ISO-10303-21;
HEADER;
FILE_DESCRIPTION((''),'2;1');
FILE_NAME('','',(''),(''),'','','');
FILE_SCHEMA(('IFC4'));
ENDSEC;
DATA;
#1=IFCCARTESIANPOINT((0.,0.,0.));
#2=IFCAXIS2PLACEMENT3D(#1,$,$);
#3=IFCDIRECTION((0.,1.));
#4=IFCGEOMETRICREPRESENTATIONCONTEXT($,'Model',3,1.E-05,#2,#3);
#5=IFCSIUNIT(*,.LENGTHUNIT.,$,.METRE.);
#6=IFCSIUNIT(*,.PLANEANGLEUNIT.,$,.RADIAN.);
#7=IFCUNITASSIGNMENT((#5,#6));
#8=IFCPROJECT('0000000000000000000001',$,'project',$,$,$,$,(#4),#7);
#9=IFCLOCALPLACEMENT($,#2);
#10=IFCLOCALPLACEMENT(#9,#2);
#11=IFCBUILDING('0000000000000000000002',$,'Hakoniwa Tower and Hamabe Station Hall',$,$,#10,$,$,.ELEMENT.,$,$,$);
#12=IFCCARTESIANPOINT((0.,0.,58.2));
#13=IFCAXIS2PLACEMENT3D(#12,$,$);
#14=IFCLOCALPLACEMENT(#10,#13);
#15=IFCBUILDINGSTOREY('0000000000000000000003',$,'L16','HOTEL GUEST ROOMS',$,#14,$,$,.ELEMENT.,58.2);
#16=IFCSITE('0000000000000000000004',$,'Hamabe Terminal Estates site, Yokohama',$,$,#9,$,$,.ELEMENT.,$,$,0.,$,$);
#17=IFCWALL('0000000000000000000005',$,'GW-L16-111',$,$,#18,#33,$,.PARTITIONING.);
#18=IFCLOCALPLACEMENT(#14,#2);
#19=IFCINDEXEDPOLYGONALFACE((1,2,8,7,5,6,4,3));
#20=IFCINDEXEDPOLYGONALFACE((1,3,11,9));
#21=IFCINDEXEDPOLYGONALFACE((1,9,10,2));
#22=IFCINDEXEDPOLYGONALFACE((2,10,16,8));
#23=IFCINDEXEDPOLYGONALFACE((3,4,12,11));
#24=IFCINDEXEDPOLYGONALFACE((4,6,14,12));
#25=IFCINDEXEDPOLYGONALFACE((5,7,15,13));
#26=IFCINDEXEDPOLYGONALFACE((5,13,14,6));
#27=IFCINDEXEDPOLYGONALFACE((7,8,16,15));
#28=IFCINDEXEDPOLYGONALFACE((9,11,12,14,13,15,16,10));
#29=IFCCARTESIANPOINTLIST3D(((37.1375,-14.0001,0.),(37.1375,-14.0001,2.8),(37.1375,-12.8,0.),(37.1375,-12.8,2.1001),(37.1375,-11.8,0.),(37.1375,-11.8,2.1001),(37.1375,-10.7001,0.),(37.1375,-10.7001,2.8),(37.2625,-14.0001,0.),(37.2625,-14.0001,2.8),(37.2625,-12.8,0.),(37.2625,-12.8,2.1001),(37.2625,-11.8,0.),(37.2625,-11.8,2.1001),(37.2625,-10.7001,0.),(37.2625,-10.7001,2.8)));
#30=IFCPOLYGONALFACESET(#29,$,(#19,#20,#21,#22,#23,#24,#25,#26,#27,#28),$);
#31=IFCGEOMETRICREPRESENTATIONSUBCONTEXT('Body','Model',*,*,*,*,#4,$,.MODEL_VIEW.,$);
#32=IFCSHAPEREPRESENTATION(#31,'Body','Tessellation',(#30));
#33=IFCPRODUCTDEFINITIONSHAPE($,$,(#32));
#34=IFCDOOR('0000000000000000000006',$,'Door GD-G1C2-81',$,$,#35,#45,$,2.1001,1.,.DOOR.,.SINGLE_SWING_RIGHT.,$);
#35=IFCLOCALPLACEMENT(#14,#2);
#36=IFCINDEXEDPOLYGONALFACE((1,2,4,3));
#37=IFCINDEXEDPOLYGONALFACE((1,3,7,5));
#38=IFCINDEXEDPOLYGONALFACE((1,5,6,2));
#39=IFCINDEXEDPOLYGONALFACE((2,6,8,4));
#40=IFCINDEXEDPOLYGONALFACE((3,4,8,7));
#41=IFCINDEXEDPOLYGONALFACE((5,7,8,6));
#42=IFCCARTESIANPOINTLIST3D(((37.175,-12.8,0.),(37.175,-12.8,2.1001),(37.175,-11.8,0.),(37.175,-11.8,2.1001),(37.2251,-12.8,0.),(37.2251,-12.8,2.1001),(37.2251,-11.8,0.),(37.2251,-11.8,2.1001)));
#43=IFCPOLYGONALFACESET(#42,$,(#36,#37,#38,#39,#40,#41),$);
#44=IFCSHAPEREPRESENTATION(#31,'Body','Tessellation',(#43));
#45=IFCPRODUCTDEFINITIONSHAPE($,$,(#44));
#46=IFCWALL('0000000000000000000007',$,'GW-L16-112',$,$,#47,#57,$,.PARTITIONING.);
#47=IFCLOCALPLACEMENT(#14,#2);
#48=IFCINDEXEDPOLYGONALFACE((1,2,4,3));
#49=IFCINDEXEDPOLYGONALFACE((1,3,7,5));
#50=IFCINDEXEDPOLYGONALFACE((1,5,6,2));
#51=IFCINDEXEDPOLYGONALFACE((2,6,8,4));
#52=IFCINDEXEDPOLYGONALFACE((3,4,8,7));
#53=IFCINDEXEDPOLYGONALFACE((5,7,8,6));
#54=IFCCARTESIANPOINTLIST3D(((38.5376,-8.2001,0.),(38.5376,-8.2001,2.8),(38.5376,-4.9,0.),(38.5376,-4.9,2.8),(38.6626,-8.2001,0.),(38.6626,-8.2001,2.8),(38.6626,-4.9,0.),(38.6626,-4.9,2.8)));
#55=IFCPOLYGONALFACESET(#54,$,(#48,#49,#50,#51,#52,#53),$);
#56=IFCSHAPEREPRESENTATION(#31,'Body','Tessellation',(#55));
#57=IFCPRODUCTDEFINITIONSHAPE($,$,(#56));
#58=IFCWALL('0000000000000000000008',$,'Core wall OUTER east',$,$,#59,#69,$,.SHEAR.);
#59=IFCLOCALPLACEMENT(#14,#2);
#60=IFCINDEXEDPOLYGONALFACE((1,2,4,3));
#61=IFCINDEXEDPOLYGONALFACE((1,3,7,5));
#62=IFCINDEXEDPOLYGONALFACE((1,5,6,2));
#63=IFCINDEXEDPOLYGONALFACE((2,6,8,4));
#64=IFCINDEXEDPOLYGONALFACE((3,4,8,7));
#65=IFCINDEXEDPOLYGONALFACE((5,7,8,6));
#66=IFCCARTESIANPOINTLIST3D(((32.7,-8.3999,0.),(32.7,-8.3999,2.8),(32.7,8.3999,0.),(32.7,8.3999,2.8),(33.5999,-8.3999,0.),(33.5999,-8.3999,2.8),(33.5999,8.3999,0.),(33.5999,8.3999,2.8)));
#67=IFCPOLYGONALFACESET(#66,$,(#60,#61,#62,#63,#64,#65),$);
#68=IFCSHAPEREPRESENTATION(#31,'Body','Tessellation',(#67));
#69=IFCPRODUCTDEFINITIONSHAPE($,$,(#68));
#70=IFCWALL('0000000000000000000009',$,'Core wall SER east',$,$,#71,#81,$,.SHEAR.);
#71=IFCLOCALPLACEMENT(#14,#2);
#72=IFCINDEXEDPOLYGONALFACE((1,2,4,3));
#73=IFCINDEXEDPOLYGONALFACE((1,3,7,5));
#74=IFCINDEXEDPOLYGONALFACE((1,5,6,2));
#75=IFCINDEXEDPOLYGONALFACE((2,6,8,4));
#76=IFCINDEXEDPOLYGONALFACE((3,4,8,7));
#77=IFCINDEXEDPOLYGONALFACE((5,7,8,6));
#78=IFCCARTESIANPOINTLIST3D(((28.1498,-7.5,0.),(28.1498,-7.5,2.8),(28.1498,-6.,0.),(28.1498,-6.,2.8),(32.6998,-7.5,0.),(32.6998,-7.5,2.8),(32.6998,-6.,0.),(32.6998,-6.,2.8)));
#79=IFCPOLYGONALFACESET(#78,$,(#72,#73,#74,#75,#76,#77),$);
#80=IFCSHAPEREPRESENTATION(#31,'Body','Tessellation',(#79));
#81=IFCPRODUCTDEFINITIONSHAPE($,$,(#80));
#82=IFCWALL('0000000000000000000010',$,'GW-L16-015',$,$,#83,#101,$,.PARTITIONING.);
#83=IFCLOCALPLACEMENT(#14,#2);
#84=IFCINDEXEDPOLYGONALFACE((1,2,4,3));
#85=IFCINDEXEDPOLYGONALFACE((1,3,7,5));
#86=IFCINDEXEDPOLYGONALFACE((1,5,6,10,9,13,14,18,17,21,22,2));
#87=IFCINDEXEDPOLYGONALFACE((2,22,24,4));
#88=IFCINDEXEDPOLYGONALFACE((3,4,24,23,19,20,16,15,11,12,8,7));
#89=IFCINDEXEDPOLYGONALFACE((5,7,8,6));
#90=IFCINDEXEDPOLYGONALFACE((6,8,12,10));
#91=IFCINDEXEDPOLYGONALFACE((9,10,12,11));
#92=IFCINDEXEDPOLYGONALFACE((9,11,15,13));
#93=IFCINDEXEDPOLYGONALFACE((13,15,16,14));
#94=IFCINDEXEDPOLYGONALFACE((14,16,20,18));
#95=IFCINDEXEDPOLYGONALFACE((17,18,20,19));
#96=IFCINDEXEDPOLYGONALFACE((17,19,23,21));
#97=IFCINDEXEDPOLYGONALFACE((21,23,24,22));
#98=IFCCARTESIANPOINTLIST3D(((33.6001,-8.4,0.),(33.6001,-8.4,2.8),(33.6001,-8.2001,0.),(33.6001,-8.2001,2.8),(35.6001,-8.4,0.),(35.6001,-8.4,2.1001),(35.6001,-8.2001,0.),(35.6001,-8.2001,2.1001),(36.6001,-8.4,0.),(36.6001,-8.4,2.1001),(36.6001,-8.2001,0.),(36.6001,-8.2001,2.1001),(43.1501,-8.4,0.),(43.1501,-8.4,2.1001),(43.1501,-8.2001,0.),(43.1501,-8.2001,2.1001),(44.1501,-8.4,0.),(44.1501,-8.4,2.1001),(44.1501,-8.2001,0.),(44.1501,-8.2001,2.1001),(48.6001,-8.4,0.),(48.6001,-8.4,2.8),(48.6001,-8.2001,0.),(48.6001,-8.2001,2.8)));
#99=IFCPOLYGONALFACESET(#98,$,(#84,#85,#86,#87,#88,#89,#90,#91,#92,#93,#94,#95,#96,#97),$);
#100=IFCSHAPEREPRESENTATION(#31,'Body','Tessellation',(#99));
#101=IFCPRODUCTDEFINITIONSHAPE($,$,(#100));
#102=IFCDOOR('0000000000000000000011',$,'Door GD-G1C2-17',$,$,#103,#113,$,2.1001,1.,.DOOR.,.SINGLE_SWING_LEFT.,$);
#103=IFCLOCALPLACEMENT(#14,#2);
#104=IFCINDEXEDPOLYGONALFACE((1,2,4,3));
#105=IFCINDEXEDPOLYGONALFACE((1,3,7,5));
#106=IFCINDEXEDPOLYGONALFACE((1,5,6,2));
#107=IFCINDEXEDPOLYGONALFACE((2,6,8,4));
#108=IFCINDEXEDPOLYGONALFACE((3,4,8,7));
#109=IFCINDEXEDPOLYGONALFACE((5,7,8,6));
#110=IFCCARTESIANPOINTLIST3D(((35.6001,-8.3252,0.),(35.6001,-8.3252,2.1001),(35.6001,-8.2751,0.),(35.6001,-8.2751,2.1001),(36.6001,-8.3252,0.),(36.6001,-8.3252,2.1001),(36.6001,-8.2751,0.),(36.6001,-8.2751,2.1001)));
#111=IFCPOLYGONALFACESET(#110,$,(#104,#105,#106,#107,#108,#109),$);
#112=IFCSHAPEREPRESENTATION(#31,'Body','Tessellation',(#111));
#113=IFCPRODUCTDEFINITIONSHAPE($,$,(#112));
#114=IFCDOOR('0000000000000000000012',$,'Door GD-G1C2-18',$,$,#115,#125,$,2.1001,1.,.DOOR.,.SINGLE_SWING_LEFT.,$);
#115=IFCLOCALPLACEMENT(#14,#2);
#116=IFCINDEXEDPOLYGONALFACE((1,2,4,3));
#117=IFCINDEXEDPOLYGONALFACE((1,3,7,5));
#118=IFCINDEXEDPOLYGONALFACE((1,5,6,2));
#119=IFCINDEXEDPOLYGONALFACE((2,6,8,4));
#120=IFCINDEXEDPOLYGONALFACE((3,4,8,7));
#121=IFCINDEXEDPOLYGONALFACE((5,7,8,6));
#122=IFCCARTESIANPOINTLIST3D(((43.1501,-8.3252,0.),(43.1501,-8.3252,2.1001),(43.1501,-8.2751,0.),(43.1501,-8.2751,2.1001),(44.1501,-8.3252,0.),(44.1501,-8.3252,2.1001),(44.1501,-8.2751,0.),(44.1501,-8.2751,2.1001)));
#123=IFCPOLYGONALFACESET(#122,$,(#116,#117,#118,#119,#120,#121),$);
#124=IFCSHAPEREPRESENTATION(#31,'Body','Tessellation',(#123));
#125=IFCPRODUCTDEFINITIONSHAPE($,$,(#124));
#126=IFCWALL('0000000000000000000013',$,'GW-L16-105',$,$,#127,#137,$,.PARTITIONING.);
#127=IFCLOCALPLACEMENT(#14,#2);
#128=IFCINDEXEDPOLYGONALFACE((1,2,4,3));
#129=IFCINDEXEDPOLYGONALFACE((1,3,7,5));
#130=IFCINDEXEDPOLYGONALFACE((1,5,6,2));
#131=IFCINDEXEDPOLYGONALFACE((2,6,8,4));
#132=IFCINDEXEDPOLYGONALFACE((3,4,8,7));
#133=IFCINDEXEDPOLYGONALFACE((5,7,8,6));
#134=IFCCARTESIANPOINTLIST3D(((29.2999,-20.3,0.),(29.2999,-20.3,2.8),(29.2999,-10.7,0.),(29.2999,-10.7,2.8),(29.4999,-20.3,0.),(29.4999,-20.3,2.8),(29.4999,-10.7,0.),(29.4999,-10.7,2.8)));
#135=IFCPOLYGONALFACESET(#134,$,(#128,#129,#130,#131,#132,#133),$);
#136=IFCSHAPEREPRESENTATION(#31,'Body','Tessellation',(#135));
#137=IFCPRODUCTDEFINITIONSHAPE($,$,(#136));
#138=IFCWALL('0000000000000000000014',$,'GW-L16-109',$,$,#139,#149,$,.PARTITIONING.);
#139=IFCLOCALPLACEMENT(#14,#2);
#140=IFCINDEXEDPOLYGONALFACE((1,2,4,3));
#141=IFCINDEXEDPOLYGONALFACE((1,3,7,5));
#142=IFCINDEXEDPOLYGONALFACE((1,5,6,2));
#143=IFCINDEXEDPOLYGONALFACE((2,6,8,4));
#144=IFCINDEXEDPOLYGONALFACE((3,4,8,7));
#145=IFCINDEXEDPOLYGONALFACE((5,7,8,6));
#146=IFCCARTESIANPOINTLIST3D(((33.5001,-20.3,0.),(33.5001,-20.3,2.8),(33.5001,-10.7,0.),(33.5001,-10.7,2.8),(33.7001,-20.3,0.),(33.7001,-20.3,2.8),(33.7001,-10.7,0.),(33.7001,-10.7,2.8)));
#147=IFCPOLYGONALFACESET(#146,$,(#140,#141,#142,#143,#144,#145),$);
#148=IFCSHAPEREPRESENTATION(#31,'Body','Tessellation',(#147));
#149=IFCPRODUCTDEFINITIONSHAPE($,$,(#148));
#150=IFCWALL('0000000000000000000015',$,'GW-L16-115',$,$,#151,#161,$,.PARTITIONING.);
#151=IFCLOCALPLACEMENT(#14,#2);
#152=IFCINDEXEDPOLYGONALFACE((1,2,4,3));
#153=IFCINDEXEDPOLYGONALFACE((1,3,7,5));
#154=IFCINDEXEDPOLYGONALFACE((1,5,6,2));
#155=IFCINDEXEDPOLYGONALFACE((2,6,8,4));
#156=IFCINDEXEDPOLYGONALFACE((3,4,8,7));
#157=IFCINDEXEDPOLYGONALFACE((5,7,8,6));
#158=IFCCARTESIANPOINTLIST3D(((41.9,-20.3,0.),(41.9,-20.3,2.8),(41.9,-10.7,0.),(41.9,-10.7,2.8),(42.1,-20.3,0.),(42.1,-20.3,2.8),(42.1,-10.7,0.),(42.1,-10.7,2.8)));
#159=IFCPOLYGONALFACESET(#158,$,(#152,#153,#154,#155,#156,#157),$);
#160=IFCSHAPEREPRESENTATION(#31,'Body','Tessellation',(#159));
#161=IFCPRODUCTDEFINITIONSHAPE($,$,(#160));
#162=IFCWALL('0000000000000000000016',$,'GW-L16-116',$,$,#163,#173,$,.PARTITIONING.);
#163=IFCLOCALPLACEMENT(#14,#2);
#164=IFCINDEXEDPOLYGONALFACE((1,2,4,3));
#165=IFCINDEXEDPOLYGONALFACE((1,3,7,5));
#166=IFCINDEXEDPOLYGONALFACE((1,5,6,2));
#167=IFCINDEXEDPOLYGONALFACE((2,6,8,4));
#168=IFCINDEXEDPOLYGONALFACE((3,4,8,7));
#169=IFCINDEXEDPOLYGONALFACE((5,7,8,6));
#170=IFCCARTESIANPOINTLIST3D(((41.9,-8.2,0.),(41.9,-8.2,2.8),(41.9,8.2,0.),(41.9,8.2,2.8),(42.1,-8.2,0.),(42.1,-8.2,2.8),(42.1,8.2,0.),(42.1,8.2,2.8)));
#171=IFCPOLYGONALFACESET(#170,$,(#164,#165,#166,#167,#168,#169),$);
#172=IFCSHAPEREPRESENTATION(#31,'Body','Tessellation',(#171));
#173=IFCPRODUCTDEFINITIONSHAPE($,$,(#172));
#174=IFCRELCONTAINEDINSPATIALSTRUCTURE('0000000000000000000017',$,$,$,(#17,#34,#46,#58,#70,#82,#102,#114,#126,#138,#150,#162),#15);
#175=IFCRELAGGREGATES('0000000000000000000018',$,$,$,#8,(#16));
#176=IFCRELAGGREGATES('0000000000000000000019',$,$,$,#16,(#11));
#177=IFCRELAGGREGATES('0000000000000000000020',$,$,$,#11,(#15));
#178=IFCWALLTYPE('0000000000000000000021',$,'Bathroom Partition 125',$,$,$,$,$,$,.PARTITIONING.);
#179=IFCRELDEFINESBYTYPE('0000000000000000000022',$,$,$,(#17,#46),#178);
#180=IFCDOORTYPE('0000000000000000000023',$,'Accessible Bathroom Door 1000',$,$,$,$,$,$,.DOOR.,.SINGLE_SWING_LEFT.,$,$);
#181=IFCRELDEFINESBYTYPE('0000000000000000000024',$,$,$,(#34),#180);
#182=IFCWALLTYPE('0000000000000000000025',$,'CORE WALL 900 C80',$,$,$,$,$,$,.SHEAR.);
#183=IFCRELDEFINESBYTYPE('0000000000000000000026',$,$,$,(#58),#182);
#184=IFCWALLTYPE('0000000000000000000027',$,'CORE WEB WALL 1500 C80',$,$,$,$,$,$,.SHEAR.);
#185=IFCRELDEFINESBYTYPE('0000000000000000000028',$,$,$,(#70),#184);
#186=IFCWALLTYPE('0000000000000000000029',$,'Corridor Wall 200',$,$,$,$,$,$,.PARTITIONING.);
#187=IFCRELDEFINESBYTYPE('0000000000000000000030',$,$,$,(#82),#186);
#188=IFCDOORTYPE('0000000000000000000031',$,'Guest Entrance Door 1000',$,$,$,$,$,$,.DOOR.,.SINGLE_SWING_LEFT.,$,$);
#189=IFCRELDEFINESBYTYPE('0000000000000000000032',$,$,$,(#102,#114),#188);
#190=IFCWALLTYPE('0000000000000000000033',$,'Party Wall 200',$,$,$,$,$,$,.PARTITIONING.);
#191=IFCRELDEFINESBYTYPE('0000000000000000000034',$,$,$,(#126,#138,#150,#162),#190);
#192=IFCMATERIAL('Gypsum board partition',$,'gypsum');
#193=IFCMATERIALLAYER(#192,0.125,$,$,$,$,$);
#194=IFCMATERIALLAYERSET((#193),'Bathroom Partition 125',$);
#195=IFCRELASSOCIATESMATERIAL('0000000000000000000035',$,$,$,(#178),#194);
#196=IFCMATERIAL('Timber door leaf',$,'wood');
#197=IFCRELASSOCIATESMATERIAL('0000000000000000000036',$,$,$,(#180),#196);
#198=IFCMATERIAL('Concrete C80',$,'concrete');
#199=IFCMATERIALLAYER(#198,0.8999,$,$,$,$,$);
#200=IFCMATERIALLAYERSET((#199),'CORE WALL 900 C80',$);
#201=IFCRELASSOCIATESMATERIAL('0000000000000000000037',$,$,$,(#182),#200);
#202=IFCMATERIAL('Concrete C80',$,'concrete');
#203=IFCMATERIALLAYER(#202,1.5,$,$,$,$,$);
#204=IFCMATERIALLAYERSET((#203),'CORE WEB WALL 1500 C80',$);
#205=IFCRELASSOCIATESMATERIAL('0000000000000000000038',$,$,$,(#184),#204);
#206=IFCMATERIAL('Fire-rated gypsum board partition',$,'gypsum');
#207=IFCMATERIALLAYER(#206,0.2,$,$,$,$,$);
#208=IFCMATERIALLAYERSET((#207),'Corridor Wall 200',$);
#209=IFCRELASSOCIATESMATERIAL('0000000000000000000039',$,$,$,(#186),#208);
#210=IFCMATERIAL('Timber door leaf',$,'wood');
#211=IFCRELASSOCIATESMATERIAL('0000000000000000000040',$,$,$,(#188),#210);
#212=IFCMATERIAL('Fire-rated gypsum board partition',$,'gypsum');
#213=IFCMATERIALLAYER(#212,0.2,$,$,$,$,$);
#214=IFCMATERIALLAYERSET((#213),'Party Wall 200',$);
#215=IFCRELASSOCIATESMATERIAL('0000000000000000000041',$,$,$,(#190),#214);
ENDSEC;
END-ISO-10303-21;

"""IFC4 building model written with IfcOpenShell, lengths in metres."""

from ifc_helpers import new_model, si_unit, direction, frame, frame_2d, origin, place, context, subcontext, project, spatial, rectangle, extrude, material, layer, layer_set, type_object, element, fill, save


model = new_model("IFC4")

# Units and contexts
model_context = context("Model", 3, precision=1e-05, world=origin(), true_north=direction((0.0, 1.0)))
body_context = subcontext(model_context, "Body", "Model", "MODEL_VIEW")
ifc_project = project(units=[si_unit("LENGTHUNIT", "METRE"), si_unit("PLANEANGLEUNIT", "RADIAN")], contexts=[model_context])

# Site, building, storey
site_placement = place(None, origin())
site = spatial("IfcSite", under=ifc_project, at=site_placement, Name="Hamabe Terminal Estates site, Yokohama", CompositionType="ELEMENT", RefElevation=0.0)
building_placement = place(site_placement, origin())
building = spatial("IfcBuilding", under=site, at=building_placement, Name="Hakoniwa Tower and Hamabe Station Hall", CompositionType="ELEMENT")
storey_placement = place(building_placement, frame((0.0, 0.0, 58.2)))
storey = spatial("IfcBuildingStorey", under=building, at=storey_placement, Name="L16", Description="HOTEL GUEST ROOMS", CompositionType="ELEMENT", Elevation=58.2)

# Shared definitions
ifc_material_1 = material(Name="Gypsum board partition", Category="gypsum")
ifc_layer_1 = layer(ifc_material_1, 0.125)
ifc_layer_set_1 = layer_set([ifc_layer_1], Name="Bathroom Partition 125")
wall_type_1 = type_object("IfcWallType", Name="Bathroom Partition 125", PredefinedType="PARTITIONING", material=ifc_layer_set_1)

# Wall, opening, door
wall_1_placement = place(storey_placement, frame((37.2, -14.0, 0.0), z_axis=(0.0, 0.0, 1.0), x_axis=(0.0, 1.0, 0.0)))
wall_1 = element("IfcWall", 1, at=wall_1_placement, inside=storey, type_object=wall_type_1, Name="GW-L16-111", PredefinedType="PARTITIONING", context=body_context, shape_type="SweptSolid", body=[
    extrude(rectangle(XDim=3.3, YDim=0.125, at=frame_2d((1.6499, 0.0))), origin(), (0.0, 0.0, 1.0), 2.8),
])
opening_1_placement = place(wall_1_placement, frame((1.2, 0.0, 0.0)))
opening_1 = element("IfcOpeningElement", 2, at=opening_1_placement, cuts=wall_1, PredefinedType="OPENING", context=body_context, shape_type="SweptSolid", body=[
    extrude(rectangle(XDim=1.0, YDim=2.1001, at=frame_2d((0.5, 1.05))), frame((0.0, 0.0725, 0.0), z_axis=(0.0, -1.0, 0.0), x_axis=(1.0, 0.0, 0.0)), (0.0, 0.0, 1.0), 0.145),
])
ifc_material_2 = material(Name="Timber door leaf", Category="wood")
door_type_1 = type_object("IfcDoorType", Name="Accessible Bathroom Door 1000", OperationType="SINGLE_SWING_LEFT", PredefinedType="DOOR", material=ifc_material_2)
door_1_placement = place(opening_1_placement, origin())
door_1 = element("IfcDoor", 3, at=door_1_placement, inside=storey, type_object=door_type_1, Name="Door GD-G1C2-81", OperationType="SINGLE_SWING_RIGHT", OverallHeight=2.1001, OverallWidth=1.0, PredefinedType="DOOR", context=body_context, shape_type="SweptSolid", body=[
    extrude(rectangle(XDim=1.0, YDim=2.1001, at=frame_2d((0.5, 1.05))), frame((0.0, 0.0249, 0.0), z_axis=(0.0, -1.0, 0.0), x_axis=(1.0, 0.0, 0.0)), (0.0, 0.0, 1.0), 0.05),
])
fill(opening_1, door_1)

# Walls
wall_2_placement = place(storey_placement, frame((38.6001, -8.2, 0.0), z_axis=(0.0, 0.0, 1.0), x_axis=(0.0, 1.0, 0.0)))
element("IfcWall", 4, at=wall_2_placement, inside=storey, type_object=wall_type_1, Name="GW-L16-112", PredefinedType="PARTITIONING", context=body_context, shape_type="SweptSolid", body=[
    extrude(rectangle(XDim=3.3, YDim=0.125, at=frame_2d((1.6499, 0.0))), origin(), (0.0, 0.0, 1.0), 2.8),
])
ifc_material_3 = material(Name="Concrete C80", Category="concrete")
ifc_layer_2 = layer(ifc_material_3, 0.8999)
ifc_layer_set_2 = layer_set([ifc_layer_2], Name="CORE WALL 900 C80")
wall_type_2 = type_object("IfcWallType", Name="CORE WALL 900 C80", PredefinedType="SHEAR", material=ifc_layer_set_2)
wall_3_placement = place(storey_placement, frame((33.1499, -8.3999, 0.0), z_axis=(0.0, 0.0, 1.0), x_axis=(0.0, 1.0, 0.0)))
element("IfcWall", 5, at=wall_3_placement, inside=storey, type_object=wall_type_2, Name="Core wall OUTER east", PredefinedType="SHEAR", context=body_context, shape_type="SweptSolid", body=[
    extrude(rectangle(XDim=16.7998, YDim=0.8999, at=frame_2d((8.3999, 0.0))), origin(), (0.0, 0.0, 1.0), 2.8),
])
ifc_material_4 = material(Name="Concrete C80", Category="concrete")
ifc_layer_3 = layer(ifc_material_4, 1.5)
ifc_layer_set_3 = layer_set([ifc_layer_3], Name="CORE WEB WALL 1500 C80")
wall_type_3 = type_object("IfcWallType", Name="CORE WEB WALL 1500 C80", PredefinedType="SHEAR", material=ifc_layer_set_3)
wall_4_placement = place(storey_placement, frame((28.1499, -6.75, 0.0), z_axis=(0.0, 0.0, 1.0), x_axis=(1.0, 0.0, 0.0)))
element("IfcWall", 6, at=wall_4_placement, inside=storey, type_object=wall_type_3, Name="Core wall SER east", PredefinedType="SHEAR", context=body_context, shape_type="SweptSolid", body=[
    extrude(rectangle(XDim=4.55, YDim=1.5, at=frame_2d((2.2749, 0.0))), origin(), (0.0, 0.0, 1.0), 2.8),
])

# Wall, openings, doors
ifc_material_5 = material(Name="Fire-rated gypsum board partition", Category="gypsum")
ifc_layer_4 = layer(ifc_material_5, 0.2)
ifc_layer_set_4 = layer_set([ifc_layer_4], Name="Corridor Wall 200")
wall_type_4 = type_object("IfcWallType", Name="Corridor Wall 200", PredefinedType="PARTITIONING", material=ifc_layer_set_4)
wall_5_placement = place(storey_placement, frame((33.6001, -8.3, 0.0), z_axis=(0.0, 0.0, 1.0), x_axis=(1.0, 0.0, 0.0)))
wall_5 = element("IfcWall", 7, at=wall_5_placement, inside=storey, type_object=wall_type_4, Name="GW-L16-015", PredefinedType="PARTITIONING", context=body_context, shape_type="SweptSolid", body=[
    extrude(rectangle(XDim=15.0, YDim=0.2, at=frame_2d((7.5, 0.0))), origin(), (0.0, 0.0, 1.0), 2.8),
])
opening_2_placement = place(wall_5_placement, frame((2.0, 0.0, 0.0)))
opening_2 = element("IfcOpeningElement", 8, at=opening_2_placement, cuts=wall_5, PredefinedType="OPENING", context=body_context, shape_type="SweptSolid", body=[
    extrude(rectangle(XDim=1.0, YDim=2.1001, at=frame_2d((0.5, 1.05))), frame((0.0, 0.1099, 0.0), z_axis=(0.0, -1.0, 0.0), x_axis=(1.0, 0.0, 0.0)), (0.0, 0.0, 1.0), 0.22),
])
opening_3_placement = place(wall_5_placement, frame((9.55, 0.0, 0.0)))
opening_3 = element("IfcOpeningElement", 9, at=opening_3_placement, cuts=wall_5, PredefinedType="OPENING", context=body_context, shape_type="SweptSolid", body=[
    extrude(rectangle(XDim=1.0, YDim=2.1001, at=frame_2d((0.5, 1.05))), frame((0.0, 0.1099, 0.0), z_axis=(0.0, -1.0, 0.0), x_axis=(1.0, 0.0, 0.0)), (0.0, 0.0, 1.0), 0.22),
])
ifc_material_6 = material(Name="Timber door leaf", Category="wood")
door_type_2 = type_object("IfcDoorType", Name="Guest Entrance Door 1000", OperationType="SINGLE_SWING_LEFT", PredefinedType="DOOR", material=ifc_material_6)
door_2_placement = place(opening_2_placement, origin())
door_2 = element("IfcDoor", 10, at=door_2_placement, inside=storey, type_object=door_type_2, Name="Door GD-G1C2-17", OperationType="SINGLE_SWING_LEFT", OverallHeight=2.1001, OverallWidth=1.0, PredefinedType="DOOR", context=body_context, shape_type="SweptSolid", body=[
    extrude(rectangle(XDim=1.0, YDim=2.1001, at=frame_2d((0.5, 1.05))), frame((0.0, 0.0249, 0.0), z_axis=(0.0, -1.0, 0.0), x_axis=(1.0, 0.0, 0.0)), (0.0, 0.0, 1.0), 0.05),
])
fill(opening_2, door_2)
door_3_placement = place(opening_3_placement, origin())
door_3 = element("IfcDoor", 11, at=door_3_placement, inside=storey, type_object=door_type_2, Name="Door GD-G1C2-18", OperationType="SINGLE_SWING_LEFT", OverallHeight=2.1001, OverallWidth=1.0, PredefinedType="DOOR", context=body_context, shape_type="SweptSolid", body=[
    extrude(rectangle(XDim=1.0, YDim=2.1001, at=frame_2d((0.5, 1.05))), frame((0.0, 0.0249, 0.0), z_axis=(0.0, -1.0, 0.0), x_axis=(1.0, 0.0, 0.0)), (0.0, 0.0, 1.0), 0.05),
])
fill(opening_3, door_3)

# Walls
ifc_material_7 = material(Name="Fire-rated gypsum board partition", Category="gypsum")
ifc_layer_5 = layer(ifc_material_7, 0.2)
ifc_layer_set_5 = layer_set([ifc_layer_5], Name="Party Wall 200")
wall_type_5 = type_object("IfcWallType", Name="Party Wall 200", PredefinedType="PARTITIONING", material=ifc_layer_set_5)
for number, where, z_axis, x_axis, name in (
    (12, (29.3999, -20.3, 0.0), (0.0, 0.0, 1.0), (0.0, 1.0, 0.0), "GW-L16-105"),
    (13, (33.6001, -20.3, 0.0), (0.0, 0.0, 1.0), (0.0, 1.0, 0.0), "GW-L16-109"),
    (14, (42.0, -20.3, 0.0), (0.0, 0.0, 1.0), (0.0, 1.0, 0.0), "GW-L16-115"),
):
    element("IfcWall", number, at=place(storey_placement, frame(where, z_axis=z_axis, x_axis=x_axis)), inside=storey, type_object=wall_type_5, Name=name, PredefinedType="PARTITIONING", context=body_context, shape_type="SweptSolid", body=[
        extrude(rectangle(XDim=9.6001, YDim=0.2, at=frame_2d((4.8, 0.0))), origin(), (0.0, 0.0, 1.0), 2.8),
    ])
wall_6_placement = place(storey_placement, frame((42.0, -8.2, 0.0), z_axis=(0.0, 0.0, 1.0), x_axis=(0.0, 1.0, 0.0)))
element("IfcWall", 15, at=wall_6_placement, inside=storey, type_object=wall_type_5, Name="GW-L16-116", PredefinedType="PARTITIONING", context=body_context, shape_type="SweptSolid", body=[
    extrude(rectangle(XDim=16.3999, YDim=0.2, at=frame_2d((8.2, 0.0))), origin(), (0.0, 0.0, 1.0), 2.8),
])

save(model, "model.ifc")
